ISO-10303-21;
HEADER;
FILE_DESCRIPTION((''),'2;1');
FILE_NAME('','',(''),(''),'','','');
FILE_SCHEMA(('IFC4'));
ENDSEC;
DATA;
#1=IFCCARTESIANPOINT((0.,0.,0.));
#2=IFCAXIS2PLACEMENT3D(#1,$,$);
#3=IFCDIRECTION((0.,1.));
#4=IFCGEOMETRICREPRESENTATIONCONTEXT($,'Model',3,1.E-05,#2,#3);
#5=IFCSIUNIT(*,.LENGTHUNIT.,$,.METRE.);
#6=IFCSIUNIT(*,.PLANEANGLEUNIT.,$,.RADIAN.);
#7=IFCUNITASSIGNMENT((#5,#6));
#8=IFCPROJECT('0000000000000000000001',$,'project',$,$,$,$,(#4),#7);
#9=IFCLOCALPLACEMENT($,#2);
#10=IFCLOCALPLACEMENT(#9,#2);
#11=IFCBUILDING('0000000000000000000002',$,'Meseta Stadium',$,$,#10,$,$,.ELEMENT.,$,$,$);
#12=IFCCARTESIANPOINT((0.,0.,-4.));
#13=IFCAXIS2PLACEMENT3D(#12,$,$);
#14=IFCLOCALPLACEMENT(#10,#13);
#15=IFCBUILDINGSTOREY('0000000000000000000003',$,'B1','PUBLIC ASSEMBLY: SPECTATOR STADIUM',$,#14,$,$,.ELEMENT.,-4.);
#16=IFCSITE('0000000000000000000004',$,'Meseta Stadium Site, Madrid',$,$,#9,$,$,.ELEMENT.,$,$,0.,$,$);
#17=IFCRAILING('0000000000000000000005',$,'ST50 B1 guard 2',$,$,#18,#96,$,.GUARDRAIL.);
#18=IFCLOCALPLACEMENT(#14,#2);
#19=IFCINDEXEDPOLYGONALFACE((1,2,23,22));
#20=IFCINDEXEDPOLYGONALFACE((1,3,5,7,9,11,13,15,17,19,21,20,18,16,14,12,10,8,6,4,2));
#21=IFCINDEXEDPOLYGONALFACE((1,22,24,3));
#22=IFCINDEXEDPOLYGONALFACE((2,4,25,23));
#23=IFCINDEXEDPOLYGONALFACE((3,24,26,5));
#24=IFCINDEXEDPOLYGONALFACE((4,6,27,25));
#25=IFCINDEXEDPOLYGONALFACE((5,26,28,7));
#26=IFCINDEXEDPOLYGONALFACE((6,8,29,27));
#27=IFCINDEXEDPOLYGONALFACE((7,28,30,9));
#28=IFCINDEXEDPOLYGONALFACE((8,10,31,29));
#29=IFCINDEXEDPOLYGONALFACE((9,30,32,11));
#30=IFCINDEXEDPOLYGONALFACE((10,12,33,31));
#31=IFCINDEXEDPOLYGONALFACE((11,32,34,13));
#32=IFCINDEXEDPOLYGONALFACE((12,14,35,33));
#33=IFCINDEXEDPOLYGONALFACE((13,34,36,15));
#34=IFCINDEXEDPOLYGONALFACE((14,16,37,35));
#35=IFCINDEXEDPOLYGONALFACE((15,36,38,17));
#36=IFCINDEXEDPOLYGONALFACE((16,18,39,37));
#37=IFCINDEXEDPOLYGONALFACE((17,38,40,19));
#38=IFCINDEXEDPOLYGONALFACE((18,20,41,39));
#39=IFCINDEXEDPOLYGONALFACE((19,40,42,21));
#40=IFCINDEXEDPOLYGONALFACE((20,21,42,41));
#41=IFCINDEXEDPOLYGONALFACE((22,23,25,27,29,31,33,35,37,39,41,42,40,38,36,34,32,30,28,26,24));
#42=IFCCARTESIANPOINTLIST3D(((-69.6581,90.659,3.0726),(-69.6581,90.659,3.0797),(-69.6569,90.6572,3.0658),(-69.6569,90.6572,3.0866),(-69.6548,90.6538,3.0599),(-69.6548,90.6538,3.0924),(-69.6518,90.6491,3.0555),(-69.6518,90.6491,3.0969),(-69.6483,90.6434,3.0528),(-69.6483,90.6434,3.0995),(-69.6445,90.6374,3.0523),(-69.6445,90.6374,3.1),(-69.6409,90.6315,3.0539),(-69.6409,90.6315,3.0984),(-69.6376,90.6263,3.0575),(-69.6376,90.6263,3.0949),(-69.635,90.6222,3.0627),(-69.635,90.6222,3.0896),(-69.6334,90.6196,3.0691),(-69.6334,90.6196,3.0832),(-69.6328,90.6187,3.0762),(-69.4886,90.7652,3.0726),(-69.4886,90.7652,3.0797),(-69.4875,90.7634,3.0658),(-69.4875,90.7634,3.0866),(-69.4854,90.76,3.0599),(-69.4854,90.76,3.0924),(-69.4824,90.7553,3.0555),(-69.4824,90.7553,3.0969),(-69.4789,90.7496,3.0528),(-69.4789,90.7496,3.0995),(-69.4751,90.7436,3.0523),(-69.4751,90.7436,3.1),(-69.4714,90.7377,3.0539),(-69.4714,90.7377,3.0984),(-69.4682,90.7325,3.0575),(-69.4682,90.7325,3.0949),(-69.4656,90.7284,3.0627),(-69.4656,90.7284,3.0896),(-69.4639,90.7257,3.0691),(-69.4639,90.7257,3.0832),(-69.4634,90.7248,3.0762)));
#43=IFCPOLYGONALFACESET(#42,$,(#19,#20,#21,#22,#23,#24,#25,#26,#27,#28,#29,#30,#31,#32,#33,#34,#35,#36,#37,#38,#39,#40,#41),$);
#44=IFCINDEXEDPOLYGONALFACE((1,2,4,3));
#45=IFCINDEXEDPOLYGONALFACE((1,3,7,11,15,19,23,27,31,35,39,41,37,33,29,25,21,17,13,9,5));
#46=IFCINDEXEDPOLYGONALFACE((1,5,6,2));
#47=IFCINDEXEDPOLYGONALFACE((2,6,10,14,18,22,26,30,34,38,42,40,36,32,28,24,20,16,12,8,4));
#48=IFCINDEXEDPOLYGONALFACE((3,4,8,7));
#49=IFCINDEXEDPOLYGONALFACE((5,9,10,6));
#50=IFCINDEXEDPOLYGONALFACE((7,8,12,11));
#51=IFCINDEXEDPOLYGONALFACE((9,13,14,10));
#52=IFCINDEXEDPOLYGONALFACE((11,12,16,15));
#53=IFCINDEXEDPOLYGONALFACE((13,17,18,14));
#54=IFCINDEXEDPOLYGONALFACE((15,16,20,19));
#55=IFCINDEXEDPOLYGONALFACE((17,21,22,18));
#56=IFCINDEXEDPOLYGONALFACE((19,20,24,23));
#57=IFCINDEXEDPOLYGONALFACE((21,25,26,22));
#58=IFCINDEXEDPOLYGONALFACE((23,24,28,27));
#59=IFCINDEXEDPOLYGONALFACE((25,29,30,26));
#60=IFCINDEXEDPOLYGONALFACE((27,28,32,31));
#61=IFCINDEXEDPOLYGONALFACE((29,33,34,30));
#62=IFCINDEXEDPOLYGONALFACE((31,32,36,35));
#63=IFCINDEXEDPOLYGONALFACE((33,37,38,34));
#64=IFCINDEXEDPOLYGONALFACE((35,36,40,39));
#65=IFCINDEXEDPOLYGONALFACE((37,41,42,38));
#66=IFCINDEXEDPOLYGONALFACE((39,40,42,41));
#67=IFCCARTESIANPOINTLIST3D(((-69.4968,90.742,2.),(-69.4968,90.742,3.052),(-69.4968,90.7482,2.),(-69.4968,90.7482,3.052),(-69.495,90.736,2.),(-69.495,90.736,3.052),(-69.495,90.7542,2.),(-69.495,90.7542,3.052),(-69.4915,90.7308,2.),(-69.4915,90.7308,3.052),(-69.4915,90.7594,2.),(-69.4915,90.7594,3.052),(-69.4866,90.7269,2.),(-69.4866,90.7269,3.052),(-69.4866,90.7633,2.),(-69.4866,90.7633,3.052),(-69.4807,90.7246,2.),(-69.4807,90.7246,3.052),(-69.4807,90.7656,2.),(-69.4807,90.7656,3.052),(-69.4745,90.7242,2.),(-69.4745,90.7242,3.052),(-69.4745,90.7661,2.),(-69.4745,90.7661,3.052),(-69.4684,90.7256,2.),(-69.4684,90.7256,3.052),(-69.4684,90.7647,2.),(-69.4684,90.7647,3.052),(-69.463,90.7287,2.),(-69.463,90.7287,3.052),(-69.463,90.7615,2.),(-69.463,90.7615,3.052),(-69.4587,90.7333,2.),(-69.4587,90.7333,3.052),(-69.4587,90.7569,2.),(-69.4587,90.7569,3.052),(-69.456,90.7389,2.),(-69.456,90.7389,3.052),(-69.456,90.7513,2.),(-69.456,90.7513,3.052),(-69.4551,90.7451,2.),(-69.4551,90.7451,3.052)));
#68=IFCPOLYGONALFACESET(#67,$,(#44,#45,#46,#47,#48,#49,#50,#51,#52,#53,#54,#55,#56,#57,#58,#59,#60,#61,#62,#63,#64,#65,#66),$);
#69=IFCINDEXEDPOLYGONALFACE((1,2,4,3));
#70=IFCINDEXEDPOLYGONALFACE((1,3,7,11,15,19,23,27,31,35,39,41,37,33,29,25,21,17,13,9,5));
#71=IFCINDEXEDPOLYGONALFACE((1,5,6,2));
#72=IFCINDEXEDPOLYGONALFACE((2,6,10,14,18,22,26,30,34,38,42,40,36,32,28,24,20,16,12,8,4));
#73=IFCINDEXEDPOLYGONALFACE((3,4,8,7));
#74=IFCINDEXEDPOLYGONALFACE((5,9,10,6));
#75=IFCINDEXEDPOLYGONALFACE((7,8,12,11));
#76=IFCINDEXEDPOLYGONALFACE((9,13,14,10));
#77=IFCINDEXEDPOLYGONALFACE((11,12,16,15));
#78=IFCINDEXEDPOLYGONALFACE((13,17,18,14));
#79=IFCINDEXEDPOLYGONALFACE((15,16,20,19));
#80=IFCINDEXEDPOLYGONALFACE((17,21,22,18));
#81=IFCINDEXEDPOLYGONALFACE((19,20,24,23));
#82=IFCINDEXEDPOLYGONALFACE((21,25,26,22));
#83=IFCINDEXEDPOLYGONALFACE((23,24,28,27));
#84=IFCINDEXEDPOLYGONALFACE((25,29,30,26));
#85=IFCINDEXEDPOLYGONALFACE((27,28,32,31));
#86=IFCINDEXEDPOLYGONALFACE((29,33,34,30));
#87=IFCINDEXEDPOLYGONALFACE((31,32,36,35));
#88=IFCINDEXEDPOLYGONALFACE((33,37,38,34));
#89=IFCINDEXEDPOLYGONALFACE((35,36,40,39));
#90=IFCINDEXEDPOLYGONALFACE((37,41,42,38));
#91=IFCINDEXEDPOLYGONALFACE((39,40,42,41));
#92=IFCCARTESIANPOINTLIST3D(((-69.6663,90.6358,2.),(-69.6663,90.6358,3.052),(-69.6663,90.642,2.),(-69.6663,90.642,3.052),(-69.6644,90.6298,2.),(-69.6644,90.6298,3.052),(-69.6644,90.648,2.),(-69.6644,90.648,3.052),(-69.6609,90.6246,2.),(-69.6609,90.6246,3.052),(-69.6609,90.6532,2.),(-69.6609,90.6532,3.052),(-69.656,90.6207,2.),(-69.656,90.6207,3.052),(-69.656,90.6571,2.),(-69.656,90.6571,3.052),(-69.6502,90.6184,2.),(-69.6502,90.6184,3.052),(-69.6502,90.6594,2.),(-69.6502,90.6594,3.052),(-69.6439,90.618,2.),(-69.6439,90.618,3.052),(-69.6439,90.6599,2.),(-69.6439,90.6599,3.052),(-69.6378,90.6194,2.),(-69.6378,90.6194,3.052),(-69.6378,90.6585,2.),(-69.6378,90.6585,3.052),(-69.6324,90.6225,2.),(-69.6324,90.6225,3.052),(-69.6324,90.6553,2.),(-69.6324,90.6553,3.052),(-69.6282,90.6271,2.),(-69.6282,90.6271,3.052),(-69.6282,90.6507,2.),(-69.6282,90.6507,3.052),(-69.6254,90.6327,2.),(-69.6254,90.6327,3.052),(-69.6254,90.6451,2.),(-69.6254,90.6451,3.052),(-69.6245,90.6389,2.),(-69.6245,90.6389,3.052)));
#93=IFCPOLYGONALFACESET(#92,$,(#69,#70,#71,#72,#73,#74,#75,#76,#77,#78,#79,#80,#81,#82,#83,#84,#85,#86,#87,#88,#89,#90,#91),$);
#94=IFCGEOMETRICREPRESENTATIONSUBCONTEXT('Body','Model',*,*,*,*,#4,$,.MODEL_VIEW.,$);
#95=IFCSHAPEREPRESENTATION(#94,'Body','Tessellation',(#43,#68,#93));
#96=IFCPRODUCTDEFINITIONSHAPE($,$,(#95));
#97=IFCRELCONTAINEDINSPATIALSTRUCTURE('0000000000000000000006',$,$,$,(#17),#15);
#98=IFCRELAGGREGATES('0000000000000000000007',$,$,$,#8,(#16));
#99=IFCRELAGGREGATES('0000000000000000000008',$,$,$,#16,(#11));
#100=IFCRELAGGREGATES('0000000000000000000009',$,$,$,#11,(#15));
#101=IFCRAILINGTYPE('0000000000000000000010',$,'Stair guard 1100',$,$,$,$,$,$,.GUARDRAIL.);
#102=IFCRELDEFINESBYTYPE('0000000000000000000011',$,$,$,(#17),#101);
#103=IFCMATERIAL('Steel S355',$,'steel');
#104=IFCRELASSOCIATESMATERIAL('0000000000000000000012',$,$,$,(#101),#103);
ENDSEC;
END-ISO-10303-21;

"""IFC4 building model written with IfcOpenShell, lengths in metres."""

from ifc_helpers import new_model, si_unit, direction, frame, origin, origin_2d, place, context, subcontext, project, spatial, circle, extrude, material, type_object, element, save


model = new_model("IFC4")

# Units and contexts
model_context = context("Model", 3, precision=1e-05, world=origin(), true_north=direction((0.0, 1.0)))
body_context = subcontext(model_context, "Body", "Model", "MODEL_VIEW")
ifc_project = project(units=[si_unit("LENGTHUNIT", "METRE"), si_unit("PLANEANGLEUNIT", "RADIAN")], contexts=[model_context])

# Site, building, storey
site_placement = place(None, origin())
site = spatial("IfcSite", under=ifc_project, at=site_placement, Name="Meseta Stadium Site, Madrid", CompositionType="ELEMENT", RefElevation=0.0)
building_placement = place(site_placement, origin())
building = spatial("IfcBuilding", under=site, at=building_placement, Name="Meseta Stadium", CompositionType="ELEMENT")
storey_placement = place(building_placement, frame((0.0, 0.0, -4.0)))
storey = spatial("IfcBuildingStorey", under=building, at=storey_placement, Name="B1", Description="PUBLIC ASSEMBLY: SPECTATOR STADIUM", CompositionType="ELEMENT", Elevation=-4.0)

# Railing
ifc_material_1 = material(Name="Steel S355", Category="steel")
railing_type_1 = type_object("IfcRailingType", Name="Stair guard 1100", PredefinedType="GUARDRAIL", material=ifc_material_1)
railing_1_placement = place(storey_placement, frame((-69.4761, 90.7451, 2.0)))
element("IfcRailing", 1, at=railing_1_placement, inside=storey, type_object=railing_type_1, Name="ST50 B1 guard 2", PredefinedType="GUARDRAIL", context=body_context, shape_type="SweptSolid", body=[
    extrude(circle(Radius=0.0239, at=origin_2d()), frame((0.0, 0.0, 1.0762), z_axis=(-0.847312, -0.531096, 0.0), x_axis=(0.531096, -0.847312, 0.0)), (0.0, 0.0, 1.0), 0.2),
    extrude(circle(Radius=0.021, at=origin_2d()), origin(), (0.0, 0.0, 1.0), 1.052),
    extrude(circle(Radius=0.021, at=origin_2d()), frame((-0.1694, -0.1062, 0.0)), (0.0, 0.0, 1.0), 1.052),
])

save(model, "model.ifc")
